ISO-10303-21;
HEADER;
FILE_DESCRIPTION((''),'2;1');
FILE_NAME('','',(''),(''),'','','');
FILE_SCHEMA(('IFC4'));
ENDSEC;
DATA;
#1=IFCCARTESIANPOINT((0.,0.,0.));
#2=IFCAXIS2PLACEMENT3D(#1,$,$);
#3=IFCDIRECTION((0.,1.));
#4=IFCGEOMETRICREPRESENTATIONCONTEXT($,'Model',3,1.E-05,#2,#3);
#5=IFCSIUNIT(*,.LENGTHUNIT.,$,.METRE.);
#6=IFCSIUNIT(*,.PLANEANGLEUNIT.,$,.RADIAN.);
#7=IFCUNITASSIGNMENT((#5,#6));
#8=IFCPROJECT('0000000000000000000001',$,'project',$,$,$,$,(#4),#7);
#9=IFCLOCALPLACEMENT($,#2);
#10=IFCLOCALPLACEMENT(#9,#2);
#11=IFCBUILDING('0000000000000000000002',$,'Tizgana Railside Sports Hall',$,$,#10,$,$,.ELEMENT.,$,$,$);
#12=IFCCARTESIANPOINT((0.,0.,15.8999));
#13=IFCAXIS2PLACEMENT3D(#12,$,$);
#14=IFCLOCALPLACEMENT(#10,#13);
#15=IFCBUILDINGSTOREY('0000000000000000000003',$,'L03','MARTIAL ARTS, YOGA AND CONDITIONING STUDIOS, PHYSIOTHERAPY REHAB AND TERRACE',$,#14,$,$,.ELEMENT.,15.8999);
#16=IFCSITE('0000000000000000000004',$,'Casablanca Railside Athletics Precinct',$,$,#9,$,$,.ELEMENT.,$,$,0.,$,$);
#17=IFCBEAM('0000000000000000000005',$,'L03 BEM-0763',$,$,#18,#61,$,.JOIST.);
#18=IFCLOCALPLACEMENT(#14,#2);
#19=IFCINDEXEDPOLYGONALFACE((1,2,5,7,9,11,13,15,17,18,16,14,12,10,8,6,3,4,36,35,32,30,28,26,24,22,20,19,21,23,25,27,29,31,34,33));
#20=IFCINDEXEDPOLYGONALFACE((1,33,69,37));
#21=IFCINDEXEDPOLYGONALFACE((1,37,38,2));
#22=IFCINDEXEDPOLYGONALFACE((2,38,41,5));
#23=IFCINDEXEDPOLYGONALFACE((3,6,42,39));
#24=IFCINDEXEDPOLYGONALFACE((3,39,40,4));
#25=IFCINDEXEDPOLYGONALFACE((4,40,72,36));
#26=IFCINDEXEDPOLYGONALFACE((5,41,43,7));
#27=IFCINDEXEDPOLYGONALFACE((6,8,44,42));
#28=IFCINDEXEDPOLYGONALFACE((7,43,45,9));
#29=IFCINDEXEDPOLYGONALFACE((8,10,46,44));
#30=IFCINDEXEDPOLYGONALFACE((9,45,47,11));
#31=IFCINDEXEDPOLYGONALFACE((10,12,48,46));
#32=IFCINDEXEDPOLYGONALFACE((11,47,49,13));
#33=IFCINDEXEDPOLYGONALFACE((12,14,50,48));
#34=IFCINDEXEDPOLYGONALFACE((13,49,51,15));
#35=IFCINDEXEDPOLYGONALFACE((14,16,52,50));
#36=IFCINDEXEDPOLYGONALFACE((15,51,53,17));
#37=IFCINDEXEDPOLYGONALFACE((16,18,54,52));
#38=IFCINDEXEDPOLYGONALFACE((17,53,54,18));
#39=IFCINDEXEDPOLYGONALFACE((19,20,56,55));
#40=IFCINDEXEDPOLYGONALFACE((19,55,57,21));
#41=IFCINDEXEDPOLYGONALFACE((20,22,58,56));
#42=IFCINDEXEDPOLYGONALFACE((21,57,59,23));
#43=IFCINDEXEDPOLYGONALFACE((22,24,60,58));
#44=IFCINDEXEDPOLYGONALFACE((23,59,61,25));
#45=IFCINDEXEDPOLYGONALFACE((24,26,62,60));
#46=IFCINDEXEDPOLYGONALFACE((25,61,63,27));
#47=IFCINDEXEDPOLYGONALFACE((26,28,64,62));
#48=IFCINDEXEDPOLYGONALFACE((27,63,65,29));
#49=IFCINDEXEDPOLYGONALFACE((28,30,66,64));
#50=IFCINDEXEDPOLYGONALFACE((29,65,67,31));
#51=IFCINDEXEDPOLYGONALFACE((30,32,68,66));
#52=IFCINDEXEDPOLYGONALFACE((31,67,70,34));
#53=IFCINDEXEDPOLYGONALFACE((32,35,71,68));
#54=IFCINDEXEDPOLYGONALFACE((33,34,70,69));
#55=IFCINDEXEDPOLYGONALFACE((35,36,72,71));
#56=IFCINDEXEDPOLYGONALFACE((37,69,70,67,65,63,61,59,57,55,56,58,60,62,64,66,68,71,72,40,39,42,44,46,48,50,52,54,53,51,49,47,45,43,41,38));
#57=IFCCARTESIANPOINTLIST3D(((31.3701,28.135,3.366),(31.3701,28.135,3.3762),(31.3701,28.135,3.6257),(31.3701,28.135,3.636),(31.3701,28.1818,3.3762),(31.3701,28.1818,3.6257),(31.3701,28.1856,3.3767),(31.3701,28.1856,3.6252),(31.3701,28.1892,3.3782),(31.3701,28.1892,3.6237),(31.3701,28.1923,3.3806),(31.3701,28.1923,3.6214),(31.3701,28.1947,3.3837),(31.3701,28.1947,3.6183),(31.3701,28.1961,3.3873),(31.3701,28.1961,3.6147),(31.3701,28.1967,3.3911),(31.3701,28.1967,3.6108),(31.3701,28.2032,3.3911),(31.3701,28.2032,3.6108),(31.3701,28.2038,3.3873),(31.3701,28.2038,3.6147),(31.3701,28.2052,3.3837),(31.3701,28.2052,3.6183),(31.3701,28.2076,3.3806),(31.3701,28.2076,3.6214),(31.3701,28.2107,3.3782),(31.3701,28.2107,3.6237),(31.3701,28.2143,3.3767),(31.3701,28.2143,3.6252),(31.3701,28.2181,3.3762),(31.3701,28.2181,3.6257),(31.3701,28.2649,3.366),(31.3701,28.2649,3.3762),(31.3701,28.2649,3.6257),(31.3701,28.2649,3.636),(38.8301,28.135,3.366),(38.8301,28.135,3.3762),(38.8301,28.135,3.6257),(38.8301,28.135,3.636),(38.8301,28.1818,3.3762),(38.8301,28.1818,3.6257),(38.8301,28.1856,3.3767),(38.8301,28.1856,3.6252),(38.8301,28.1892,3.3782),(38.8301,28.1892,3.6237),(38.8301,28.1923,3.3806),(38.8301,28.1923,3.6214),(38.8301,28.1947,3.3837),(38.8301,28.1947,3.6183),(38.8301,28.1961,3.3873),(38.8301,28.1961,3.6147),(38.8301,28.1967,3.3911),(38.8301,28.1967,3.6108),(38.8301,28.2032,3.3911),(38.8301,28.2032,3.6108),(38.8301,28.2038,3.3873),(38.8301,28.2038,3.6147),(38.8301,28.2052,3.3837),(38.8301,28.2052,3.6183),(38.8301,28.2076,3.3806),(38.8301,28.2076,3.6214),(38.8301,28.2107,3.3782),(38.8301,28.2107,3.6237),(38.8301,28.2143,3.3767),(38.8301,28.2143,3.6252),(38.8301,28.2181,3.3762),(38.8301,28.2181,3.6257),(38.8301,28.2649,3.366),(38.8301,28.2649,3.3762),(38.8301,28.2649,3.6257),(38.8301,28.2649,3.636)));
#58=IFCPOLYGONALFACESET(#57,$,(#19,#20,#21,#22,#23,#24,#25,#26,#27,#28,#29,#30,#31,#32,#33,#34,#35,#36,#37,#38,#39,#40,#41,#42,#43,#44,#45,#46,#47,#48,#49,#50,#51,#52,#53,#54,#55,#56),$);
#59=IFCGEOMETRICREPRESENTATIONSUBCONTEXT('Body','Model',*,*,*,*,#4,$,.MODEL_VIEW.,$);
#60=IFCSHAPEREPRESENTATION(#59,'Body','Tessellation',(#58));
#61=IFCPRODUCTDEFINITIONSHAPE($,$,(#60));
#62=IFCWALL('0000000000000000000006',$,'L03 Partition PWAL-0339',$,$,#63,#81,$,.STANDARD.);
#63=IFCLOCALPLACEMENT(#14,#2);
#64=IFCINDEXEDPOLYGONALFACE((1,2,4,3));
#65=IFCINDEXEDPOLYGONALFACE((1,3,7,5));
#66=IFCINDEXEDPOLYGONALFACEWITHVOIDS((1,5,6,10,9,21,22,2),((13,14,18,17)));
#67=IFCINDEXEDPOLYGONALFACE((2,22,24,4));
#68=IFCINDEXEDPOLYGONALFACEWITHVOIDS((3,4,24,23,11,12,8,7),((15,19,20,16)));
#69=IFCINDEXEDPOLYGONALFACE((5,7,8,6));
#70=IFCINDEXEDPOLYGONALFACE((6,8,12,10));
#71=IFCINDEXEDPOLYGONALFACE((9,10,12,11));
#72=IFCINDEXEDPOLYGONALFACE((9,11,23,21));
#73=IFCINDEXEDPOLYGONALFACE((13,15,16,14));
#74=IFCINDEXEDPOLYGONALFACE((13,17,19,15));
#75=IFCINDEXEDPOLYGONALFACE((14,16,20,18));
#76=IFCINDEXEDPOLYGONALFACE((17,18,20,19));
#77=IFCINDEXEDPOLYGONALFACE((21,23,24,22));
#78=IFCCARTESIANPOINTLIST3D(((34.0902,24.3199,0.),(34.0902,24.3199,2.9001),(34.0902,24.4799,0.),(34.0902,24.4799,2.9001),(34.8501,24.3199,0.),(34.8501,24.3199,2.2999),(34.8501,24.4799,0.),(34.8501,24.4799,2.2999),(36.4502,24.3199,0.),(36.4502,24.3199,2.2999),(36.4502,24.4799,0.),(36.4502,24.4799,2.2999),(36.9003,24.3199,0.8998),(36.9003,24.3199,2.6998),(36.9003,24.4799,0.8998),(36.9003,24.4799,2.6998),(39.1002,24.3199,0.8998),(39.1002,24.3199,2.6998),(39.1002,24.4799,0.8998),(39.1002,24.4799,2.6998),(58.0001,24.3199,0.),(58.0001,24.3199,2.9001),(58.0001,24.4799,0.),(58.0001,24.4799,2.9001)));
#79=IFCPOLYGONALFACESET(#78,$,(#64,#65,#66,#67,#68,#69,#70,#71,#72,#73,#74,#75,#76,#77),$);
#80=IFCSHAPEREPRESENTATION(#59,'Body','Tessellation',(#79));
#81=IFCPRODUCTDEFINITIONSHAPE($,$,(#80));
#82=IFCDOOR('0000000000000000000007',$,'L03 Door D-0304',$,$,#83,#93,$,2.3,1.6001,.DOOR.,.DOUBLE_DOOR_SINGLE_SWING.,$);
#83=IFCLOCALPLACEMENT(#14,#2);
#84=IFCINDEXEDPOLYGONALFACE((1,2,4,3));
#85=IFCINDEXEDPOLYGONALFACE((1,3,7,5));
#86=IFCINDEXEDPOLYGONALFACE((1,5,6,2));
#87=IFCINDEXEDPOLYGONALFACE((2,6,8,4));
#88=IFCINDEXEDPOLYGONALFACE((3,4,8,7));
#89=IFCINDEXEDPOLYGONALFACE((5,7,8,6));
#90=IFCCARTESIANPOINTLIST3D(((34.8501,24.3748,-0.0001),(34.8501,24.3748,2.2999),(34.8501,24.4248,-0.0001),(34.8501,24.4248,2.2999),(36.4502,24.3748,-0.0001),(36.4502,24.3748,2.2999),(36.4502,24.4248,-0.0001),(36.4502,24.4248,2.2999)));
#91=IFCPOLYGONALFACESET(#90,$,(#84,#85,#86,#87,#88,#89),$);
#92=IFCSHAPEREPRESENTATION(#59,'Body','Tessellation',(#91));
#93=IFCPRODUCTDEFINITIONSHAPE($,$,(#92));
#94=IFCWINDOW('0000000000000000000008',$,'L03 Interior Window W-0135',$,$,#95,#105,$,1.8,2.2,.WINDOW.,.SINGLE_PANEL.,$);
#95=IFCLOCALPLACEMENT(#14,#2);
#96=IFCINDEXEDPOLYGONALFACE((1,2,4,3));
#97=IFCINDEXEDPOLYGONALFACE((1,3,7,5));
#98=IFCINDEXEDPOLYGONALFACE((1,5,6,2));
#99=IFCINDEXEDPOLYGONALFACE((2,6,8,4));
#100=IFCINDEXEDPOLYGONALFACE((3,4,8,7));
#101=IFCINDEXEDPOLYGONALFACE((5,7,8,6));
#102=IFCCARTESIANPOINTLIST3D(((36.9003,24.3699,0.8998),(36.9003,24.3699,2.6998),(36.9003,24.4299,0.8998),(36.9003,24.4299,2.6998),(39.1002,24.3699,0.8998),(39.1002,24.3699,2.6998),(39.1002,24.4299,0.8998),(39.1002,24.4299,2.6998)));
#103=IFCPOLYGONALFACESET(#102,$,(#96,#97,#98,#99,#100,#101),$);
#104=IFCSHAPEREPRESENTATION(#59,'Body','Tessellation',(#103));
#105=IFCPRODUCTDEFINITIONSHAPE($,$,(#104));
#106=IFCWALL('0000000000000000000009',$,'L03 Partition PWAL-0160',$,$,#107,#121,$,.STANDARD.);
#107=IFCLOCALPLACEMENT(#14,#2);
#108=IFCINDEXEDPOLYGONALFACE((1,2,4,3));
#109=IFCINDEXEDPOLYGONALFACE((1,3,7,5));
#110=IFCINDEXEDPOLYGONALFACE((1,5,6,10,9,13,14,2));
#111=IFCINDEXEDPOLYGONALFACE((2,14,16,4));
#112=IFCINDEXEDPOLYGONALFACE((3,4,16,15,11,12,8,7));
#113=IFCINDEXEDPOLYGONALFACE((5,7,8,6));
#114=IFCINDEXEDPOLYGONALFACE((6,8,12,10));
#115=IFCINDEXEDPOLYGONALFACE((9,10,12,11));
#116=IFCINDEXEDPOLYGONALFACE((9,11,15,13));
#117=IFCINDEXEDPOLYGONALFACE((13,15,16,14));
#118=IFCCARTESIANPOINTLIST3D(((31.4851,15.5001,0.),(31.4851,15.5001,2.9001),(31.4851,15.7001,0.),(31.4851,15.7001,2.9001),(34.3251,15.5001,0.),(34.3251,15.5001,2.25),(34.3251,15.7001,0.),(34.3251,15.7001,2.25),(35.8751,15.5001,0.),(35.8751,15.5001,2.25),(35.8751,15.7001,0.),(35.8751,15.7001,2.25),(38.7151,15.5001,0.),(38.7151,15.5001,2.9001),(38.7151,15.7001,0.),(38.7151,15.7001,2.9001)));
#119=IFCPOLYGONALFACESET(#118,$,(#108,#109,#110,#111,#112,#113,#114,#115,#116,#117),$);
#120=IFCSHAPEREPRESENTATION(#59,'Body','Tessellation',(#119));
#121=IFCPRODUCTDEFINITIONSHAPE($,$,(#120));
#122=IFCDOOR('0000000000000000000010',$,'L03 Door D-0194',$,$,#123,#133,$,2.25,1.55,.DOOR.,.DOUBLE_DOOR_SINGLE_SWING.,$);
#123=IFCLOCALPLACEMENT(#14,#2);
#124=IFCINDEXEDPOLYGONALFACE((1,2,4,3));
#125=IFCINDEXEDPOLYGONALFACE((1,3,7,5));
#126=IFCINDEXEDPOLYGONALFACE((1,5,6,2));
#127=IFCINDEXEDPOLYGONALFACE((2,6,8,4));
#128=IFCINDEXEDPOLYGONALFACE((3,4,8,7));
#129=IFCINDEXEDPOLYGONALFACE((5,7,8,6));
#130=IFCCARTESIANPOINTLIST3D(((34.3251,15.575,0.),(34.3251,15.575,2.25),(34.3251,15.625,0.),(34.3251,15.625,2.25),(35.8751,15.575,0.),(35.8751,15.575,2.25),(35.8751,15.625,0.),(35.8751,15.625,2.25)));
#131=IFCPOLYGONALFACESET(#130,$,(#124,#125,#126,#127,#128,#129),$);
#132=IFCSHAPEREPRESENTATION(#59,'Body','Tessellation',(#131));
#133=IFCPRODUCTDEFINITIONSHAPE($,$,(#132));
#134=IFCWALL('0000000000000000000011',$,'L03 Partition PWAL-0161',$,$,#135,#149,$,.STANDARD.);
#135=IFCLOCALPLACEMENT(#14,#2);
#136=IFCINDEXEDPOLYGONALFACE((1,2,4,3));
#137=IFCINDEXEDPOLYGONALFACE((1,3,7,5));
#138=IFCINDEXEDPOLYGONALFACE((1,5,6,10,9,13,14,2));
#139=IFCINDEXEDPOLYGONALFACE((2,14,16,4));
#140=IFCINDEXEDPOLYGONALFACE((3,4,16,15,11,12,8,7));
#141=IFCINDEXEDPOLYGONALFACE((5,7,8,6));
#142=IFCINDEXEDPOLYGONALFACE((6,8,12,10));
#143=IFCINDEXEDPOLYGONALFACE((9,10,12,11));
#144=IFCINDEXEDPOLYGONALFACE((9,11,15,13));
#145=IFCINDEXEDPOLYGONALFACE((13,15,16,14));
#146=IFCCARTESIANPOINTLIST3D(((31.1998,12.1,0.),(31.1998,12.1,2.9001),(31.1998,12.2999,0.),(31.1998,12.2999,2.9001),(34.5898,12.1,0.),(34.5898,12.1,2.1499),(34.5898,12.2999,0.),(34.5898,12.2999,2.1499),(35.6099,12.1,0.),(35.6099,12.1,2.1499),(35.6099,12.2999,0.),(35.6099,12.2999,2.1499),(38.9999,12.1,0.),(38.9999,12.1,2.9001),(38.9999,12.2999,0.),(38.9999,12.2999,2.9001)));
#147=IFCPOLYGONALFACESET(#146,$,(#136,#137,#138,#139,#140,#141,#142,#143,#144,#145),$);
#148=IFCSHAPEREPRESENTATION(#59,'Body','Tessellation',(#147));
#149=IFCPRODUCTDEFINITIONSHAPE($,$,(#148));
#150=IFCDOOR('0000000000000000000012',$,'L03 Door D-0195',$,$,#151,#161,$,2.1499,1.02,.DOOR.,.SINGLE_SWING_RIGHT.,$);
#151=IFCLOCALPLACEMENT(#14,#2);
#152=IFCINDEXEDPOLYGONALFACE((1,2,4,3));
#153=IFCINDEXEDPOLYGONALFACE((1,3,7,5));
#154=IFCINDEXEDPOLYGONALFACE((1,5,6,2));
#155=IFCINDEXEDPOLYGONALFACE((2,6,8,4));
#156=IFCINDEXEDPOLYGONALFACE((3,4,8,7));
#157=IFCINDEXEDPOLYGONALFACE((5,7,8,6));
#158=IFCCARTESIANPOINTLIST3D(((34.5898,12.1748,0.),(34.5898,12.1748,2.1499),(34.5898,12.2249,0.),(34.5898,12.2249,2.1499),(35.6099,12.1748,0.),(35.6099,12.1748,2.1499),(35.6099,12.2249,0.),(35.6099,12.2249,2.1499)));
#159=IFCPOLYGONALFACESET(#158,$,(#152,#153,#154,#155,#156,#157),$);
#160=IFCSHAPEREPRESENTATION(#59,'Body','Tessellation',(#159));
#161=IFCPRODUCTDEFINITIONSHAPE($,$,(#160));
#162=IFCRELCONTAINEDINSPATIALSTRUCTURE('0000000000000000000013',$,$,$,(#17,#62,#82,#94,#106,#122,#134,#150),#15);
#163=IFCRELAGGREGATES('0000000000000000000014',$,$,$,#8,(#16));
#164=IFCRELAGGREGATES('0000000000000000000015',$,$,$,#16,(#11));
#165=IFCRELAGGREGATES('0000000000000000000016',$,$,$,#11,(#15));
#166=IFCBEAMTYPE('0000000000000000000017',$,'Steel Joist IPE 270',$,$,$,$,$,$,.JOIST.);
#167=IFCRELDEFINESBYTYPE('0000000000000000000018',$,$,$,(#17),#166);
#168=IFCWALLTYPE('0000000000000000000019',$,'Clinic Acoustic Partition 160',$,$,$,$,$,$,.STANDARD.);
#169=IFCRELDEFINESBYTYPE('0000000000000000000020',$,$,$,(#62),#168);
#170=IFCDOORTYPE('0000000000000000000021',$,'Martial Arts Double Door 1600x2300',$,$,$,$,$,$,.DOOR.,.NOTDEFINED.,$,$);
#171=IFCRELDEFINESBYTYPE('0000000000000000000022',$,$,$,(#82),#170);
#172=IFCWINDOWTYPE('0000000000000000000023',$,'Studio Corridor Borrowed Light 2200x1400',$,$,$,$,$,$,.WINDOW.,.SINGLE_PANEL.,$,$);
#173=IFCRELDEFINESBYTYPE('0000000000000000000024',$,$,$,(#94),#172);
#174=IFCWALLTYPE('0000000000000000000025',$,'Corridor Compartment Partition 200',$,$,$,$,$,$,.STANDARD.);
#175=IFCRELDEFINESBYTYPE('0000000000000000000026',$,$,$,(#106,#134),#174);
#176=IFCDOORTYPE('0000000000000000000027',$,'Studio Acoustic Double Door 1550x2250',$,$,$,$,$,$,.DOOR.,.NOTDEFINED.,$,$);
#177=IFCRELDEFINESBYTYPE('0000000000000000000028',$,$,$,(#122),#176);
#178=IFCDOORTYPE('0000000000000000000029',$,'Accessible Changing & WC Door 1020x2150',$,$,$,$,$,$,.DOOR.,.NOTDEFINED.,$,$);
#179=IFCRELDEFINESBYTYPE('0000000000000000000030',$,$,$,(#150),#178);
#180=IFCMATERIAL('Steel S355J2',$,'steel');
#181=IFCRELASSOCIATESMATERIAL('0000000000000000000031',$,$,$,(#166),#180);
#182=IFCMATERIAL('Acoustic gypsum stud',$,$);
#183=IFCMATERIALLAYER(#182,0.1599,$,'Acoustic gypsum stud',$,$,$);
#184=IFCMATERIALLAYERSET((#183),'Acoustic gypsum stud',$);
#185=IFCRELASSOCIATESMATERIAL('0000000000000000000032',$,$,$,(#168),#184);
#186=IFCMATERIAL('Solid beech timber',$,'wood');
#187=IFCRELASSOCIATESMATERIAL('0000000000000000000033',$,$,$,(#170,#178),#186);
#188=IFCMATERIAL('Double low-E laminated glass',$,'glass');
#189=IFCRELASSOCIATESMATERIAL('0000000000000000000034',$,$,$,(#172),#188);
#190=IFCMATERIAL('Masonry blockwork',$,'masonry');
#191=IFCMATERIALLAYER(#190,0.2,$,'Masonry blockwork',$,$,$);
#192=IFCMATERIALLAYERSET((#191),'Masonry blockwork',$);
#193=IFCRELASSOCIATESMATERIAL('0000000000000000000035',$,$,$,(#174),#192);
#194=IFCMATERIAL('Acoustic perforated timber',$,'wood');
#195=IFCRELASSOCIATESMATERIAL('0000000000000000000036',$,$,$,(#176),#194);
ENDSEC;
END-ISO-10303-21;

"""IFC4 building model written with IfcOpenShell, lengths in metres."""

from ifc_helpers import new_model, si_unit, direction, frame, frame_2d, origin, origin_2d, place, context, subcontext, project, spatial, rectangle, i_section, extrude, material, layer, layer_set, material_profile, profile_set, type_object, element, fill, save


model = new_model("IFC4")

# Units and contexts
model_context = context("Model", 3, precision=1e-05, world=origin(), true_north=direction((0.0, 1.0)))
body_context = subcontext(model_context, "Body", "Model", "MODEL_VIEW")
ifc_project = project(units=[si_unit("LENGTHUNIT", "METRE"), si_unit("PLANEANGLEUNIT", "RADIAN")], contexts=[model_context])

# Site, building, storey
site_placement = place(None, origin())
site = spatial("IfcSite", under=ifc_project, at=site_placement, Name="Casablanca Railside Athletics Precinct", CompositionType="ELEMENT", RefElevation=0.0)
building_placement = place(site_placement, origin())
building = spatial("IfcBuilding", under=site, at=building_placement, Name="Tizgana Railside Sports Hall", CompositionType="ELEMENT")
storey_placement = place(building_placement, frame((0.0, 0.0, 15.8999)))
storey = spatial("IfcBuildingStorey", under=building, at=storey_placement, Name="L03", Description="MARTIAL ARTS, YOGA AND CONDITIONING STUDIOS, PHYSIOTHERAPY REHAB AND TERRACE", CompositionType="ELEMENT", Elevation=15.8999)

# Beam
ifc_material_1 = material(Name="Steel S355J2", Category="steel")
ifc_material_profile_1 = material_profile(ifc_material_1, i_section(OverallWidth=0.1299, OverallDepth=0.27, WebThickness=0.0066, FlangeThickness=0.0103, FilletRadius=0.0149, at=origin_2d()), Name="IPE 270")
ifc_profile_set_1 = profile_set([ifc_material_profile_1], Name="Steel S355J2")
beam_type_1 = type_object("IfcBeamType", Name="Steel Joist IPE 270", PredefinedType="JOIST", material=ifc_profile_set_1)
for number, where, z_axis, x_axis, name in (
    (1, (31.3701, 28.2, 3.501), (1.0, 0.0, 0.0), (0.0, 1.0, 0.0), "L03 BEM-0763"),
):
    element("IfcBeam", number, at=place(storey_placement, frame(where, z_axis=z_axis, x_axis=x_axis)), inside=storey, type_object=beam_type_1, Name=name, PredefinedType="JOIST", context=body_context, shape_type="SweptSolid", body=[
        extrude(i_section(OverallWidth=0.1299, OverallDepth=0.27, WebThickness=0.0066, FlangeThickness=0.0103, FilletRadius=0.0149, at=origin_2d()), origin(), (0.0, 0.0, 1.0), 7.46),
    ])

# Wall, openings, door, window
ifc_material_2 = material(Name="Acoustic gypsum stud")
ifc_layer_1 = layer(ifc_material_2, 0.1599, Name="Acoustic gypsum stud")
ifc_layer_set_1 = layer_set([ifc_layer_1], Name="Acoustic gypsum stud")
wall_type_1 = type_object("IfcWallType", Name="Clinic Acoustic Partition 160", PredefinedType="STANDARD", material=ifc_layer_set_1)
wall_1_placement = place(storey_placement, frame((34.0901, 24.3999, 0.0), z_axis=(0.0, 0.0, 1.0), x_axis=(1.0, 0.0, 0.0)))
wall_1 = element("IfcWall", 2, at=wall_1_placement, inside=storey, type_object=wall_type_1, Name="L03 Partition PWAL-0339", PredefinedType="STANDARD", context=body_context, shape_type="SweptSolid", body=[
    extrude(rectangle(XDim=23.9099, YDim=0.1599, at=frame_2d((11.9551, 0.0))), origin(), (0.0, 0.0, 1.0), 2.9001),
])
opening_1_placement = place(wall_1_placement, frame((0.76, 0.0, 0.0)))
opening_1 = element("IfcOpeningElement", 3, at=opening_1_placement, cuts=wall_1, PredefinedType="OPENING", context=body_context, shape_type="SweptSolid", body=[
    extrude(rectangle(XDim=1.6001, YDim=2.3, at=frame_2d((0.8, 1.1499))), frame((0.0, 0.0898, 0.0), z_axis=(0.0, -1.0, 0.0), x_axis=(1.0, 0.0, 0.0)), (0.0, 0.0, 1.0), 0.1799),
])
opening_2_placement = place(wall_1_placement, frame((2.8101, 0.0, 0.8999)))
opening_2 = element("IfcOpeningElement", 4, at=opening_2_placement, cuts=wall_1, PredefinedType="OPENING", context=body_context, shape_type="SweptSolid", body=[
    extrude(rectangle(XDim=2.2, YDim=1.8, at=frame_2d((1.1001, 0.8999))), frame((0.0, 0.0898, 0.0), z_axis=(0.0, -1.0, 0.0), x_axis=(1.0, 0.0, 0.0)), (0.0, 0.0, 1.0), 0.1799),
])
ifc_material_3 = material(Name="Solid beech timber", Category="wood")
door_type_1 = type_object("IfcDoorType", Name="Martial Arts Double Door 1600x2300", OperationType="NOTDEFINED", PredefinedType="DOOR", material=ifc_material_3)
door_1_placement = place(opening_1_placement, origin())
door_1 = element("IfcDoor", 5, at=door_1_placement, inside=storey, type_object=door_type_1, Name="L03 Door D-0304", OperationType="DOUBLE_DOOR_SINGLE_SWING", OverallHeight=2.3, OverallWidth=1.6001, PredefinedType="DOOR", context=body_context, shape_type="SweptSolid", body=[
    extrude(rectangle(XDim=1.6001, YDim=2.3, at=frame_2d((0.8, 1.1499))), frame((0.0, 0.0249, 0.0), z_axis=(0.0, -1.0, 0.0), x_axis=(1.0, 0.0, 0.0)), (0.0, 0.0, 1.0), 0.05),
])
fill(opening_1, door_1)
ifc_material_4 = material(Name="Double low-E laminated glass", Category="glass")
window_type = type_object("IfcWindowType", Name="Studio Corridor Borrowed Light 2200x1400", PartitioningType="SINGLE_PANEL", PredefinedType="WINDOW", material=ifc_material_4)
window_placement = place(opening_2_placement, origin())
window = element("IfcWindow", 6, at=window_placement, inside=storey, type_object=window_type, Name="L03 Interior Window W-0135", OverallHeight=1.8, OverallWidth=2.2, PartitioningType="SINGLE_PANEL", PredefinedType="WINDOW", context=body_context, shape_type="SweptSolid", body=[
    extrude(rectangle(XDim=2.2, YDim=1.8, at=frame_2d((1.1001, 0.8999))), frame((0.0, 0.03, 0.0), z_axis=(0.0, -1.0, 0.0), x_axis=(1.0, 0.0, 0.0)), (0.0, 0.0, 1.0), 0.0601),
])
fill(opening_2, window)

# Walls, openings, doors
ifc_material_5 = material(Name="Masonry blockwork", Category="masonry")
ifc_layer_2 = layer(ifc_material_5, 0.2, Name="Masonry blockwork")
ifc_layer_set_2 = layer_set([ifc_layer_2], Name="Masonry blockwork")
wall_type_2 = type_object("IfcWallType", Name="Corridor Compartment Partition 200", PredefinedType="STANDARD", material=ifc_layer_set_2)
wall_2_placement = place(storey_placement, frame((31.4851, 15.6001, 0.0), z_axis=(0.0, 0.0, 1.0), x_axis=(1.0, 0.0, 0.0)))
wall_2 = element("IfcWall", 7, at=wall_2_placement, inside=storey, type_object=wall_type_2, Name="L03 Partition PWAL-0160", PredefinedType="STANDARD", context=body_context, shape_type="SweptSolid", body=[
    extrude(rectangle(XDim=7.23, YDim=0.2, at=frame_2d((3.615, 0.0))), origin(), (0.0, 0.0, 1.0), 2.9001),
])
opening_3_placement = place(wall_2_placement, frame((2.8401, 0.0, 0.0)))
opening_3 = element("IfcOpeningElement", 8, at=opening_3_placement, cuts=wall_2, PredefinedType="OPENING", context=body_context, shape_type="SweptSolid", body=[
    extrude(rectangle(XDim=1.55, YDim=2.25, at=frame_2d((0.7749, 1.125))), frame((0.0, 0.1099, 0.0), z_axis=(0.0, -1.0, 0.0), x_axis=(1.0, 0.0, 0.0)), (0.0, 0.0, 1.0), 0.22),
])
ifc_material_6 = material(Name="Acoustic perforated timber", Category="wood")
door_type_2 = type_object("IfcDoorType", Name="Studio Acoustic Double Door 1550x2250", OperationType="NOTDEFINED", PredefinedType="DOOR", material=ifc_material_6)
door_2_placement = place(opening_3_placement, origin())
door_2 = element("IfcDoor", 9, at=door_2_placement, inside=storey, type_object=door_type_2, Name="L03 Door D-0194", OperationType="DOUBLE_DOOR_SINGLE_SWING", OverallHeight=2.25, OverallWidth=1.55, PredefinedType="DOOR", context=body_context, shape_type="SweptSolid", body=[
    extrude(rectangle(XDim=1.55, YDim=2.25, at=frame_2d((0.7749, 1.125))), frame((0.0, 0.0249, 0.0), z_axis=(0.0, -1.0, 0.0), x_axis=(1.0, 0.0, 0.0)), (0.0, 0.0, 1.0), 0.05),
])
fill(opening_3, door_2)
wall_3_placement = place(storey_placement, frame((31.2, 12.2, 0.0), z_axis=(0.0, 0.0, 1.0), x_axis=(1.0, 0.0, 0.0)))
wall_3 = element("IfcWall", 10, at=wall_3_placement, inside=storey, type_object=wall_type_2, Name="L03 Partition PWAL-0161", PredefinedType="STANDARD", context=body_context, shape_type="SweptSolid", body=[
    extrude(rectangle(XDim=7.8, YDim=0.2, at=frame_2d((3.8999, 0.0))), origin(), (0.0, 0.0, 1.0), 2.9001),
])
opening_4_placement = place(wall_3_placement, frame((3.3899, 0.0, 0.0)))
opening_4 = element("IfcOpeningElement", 11, at=opening_4_placement, cuts=wall_3, PredefinedType="OPENING", context=body_context, shape_type="SweptSolid", body=[
    extrude(rectangle(XDim=1.02, YDim=2.1499, at=frame_2d((0.51, 1.075))), frame((0.0, 0.1099, 0.0), z_axis=(0.0, -1.0, 0.0), x_axis=(1.0, 0.0, 0.0)), (0.0, 0.0, 1.0), 0.22),
])
door_type_3 = type_object("IfcDoorType", Name="Accessible Changing & WC Door 1020x2150", OperationType="NOTDEFINED", PredefinedType="DOOR", material=ifc_material_3)
door_3_placement = place(opening_4_placement, origin())
door_3 = element("IfcDoor", 12, at=door_3_placement, inside=storey, type_object=door_type_3, Name="L03 Door D-0195", OperationType="SINGLE_SWING_RIGHT", OverallHeight=2.1499, OverallWidth=1.02, PredefinedType="DOOR", context=body_context, shape_type="SweptSolid", body=[
    extrude(rectangle(XDim=1.02, YDim=2.1499, at=frame_2d((0.51, 1.075))), frame((0.0, 0.0249, 0.0), z_axis=(0.0, -1.0, 0.0), x_axis=(1.0, 0.0, 0.0)), (0.0, 0.0, 1.0), 0.05),
])
fill(opening_4, door_3)

save(model, "model.ifc")
